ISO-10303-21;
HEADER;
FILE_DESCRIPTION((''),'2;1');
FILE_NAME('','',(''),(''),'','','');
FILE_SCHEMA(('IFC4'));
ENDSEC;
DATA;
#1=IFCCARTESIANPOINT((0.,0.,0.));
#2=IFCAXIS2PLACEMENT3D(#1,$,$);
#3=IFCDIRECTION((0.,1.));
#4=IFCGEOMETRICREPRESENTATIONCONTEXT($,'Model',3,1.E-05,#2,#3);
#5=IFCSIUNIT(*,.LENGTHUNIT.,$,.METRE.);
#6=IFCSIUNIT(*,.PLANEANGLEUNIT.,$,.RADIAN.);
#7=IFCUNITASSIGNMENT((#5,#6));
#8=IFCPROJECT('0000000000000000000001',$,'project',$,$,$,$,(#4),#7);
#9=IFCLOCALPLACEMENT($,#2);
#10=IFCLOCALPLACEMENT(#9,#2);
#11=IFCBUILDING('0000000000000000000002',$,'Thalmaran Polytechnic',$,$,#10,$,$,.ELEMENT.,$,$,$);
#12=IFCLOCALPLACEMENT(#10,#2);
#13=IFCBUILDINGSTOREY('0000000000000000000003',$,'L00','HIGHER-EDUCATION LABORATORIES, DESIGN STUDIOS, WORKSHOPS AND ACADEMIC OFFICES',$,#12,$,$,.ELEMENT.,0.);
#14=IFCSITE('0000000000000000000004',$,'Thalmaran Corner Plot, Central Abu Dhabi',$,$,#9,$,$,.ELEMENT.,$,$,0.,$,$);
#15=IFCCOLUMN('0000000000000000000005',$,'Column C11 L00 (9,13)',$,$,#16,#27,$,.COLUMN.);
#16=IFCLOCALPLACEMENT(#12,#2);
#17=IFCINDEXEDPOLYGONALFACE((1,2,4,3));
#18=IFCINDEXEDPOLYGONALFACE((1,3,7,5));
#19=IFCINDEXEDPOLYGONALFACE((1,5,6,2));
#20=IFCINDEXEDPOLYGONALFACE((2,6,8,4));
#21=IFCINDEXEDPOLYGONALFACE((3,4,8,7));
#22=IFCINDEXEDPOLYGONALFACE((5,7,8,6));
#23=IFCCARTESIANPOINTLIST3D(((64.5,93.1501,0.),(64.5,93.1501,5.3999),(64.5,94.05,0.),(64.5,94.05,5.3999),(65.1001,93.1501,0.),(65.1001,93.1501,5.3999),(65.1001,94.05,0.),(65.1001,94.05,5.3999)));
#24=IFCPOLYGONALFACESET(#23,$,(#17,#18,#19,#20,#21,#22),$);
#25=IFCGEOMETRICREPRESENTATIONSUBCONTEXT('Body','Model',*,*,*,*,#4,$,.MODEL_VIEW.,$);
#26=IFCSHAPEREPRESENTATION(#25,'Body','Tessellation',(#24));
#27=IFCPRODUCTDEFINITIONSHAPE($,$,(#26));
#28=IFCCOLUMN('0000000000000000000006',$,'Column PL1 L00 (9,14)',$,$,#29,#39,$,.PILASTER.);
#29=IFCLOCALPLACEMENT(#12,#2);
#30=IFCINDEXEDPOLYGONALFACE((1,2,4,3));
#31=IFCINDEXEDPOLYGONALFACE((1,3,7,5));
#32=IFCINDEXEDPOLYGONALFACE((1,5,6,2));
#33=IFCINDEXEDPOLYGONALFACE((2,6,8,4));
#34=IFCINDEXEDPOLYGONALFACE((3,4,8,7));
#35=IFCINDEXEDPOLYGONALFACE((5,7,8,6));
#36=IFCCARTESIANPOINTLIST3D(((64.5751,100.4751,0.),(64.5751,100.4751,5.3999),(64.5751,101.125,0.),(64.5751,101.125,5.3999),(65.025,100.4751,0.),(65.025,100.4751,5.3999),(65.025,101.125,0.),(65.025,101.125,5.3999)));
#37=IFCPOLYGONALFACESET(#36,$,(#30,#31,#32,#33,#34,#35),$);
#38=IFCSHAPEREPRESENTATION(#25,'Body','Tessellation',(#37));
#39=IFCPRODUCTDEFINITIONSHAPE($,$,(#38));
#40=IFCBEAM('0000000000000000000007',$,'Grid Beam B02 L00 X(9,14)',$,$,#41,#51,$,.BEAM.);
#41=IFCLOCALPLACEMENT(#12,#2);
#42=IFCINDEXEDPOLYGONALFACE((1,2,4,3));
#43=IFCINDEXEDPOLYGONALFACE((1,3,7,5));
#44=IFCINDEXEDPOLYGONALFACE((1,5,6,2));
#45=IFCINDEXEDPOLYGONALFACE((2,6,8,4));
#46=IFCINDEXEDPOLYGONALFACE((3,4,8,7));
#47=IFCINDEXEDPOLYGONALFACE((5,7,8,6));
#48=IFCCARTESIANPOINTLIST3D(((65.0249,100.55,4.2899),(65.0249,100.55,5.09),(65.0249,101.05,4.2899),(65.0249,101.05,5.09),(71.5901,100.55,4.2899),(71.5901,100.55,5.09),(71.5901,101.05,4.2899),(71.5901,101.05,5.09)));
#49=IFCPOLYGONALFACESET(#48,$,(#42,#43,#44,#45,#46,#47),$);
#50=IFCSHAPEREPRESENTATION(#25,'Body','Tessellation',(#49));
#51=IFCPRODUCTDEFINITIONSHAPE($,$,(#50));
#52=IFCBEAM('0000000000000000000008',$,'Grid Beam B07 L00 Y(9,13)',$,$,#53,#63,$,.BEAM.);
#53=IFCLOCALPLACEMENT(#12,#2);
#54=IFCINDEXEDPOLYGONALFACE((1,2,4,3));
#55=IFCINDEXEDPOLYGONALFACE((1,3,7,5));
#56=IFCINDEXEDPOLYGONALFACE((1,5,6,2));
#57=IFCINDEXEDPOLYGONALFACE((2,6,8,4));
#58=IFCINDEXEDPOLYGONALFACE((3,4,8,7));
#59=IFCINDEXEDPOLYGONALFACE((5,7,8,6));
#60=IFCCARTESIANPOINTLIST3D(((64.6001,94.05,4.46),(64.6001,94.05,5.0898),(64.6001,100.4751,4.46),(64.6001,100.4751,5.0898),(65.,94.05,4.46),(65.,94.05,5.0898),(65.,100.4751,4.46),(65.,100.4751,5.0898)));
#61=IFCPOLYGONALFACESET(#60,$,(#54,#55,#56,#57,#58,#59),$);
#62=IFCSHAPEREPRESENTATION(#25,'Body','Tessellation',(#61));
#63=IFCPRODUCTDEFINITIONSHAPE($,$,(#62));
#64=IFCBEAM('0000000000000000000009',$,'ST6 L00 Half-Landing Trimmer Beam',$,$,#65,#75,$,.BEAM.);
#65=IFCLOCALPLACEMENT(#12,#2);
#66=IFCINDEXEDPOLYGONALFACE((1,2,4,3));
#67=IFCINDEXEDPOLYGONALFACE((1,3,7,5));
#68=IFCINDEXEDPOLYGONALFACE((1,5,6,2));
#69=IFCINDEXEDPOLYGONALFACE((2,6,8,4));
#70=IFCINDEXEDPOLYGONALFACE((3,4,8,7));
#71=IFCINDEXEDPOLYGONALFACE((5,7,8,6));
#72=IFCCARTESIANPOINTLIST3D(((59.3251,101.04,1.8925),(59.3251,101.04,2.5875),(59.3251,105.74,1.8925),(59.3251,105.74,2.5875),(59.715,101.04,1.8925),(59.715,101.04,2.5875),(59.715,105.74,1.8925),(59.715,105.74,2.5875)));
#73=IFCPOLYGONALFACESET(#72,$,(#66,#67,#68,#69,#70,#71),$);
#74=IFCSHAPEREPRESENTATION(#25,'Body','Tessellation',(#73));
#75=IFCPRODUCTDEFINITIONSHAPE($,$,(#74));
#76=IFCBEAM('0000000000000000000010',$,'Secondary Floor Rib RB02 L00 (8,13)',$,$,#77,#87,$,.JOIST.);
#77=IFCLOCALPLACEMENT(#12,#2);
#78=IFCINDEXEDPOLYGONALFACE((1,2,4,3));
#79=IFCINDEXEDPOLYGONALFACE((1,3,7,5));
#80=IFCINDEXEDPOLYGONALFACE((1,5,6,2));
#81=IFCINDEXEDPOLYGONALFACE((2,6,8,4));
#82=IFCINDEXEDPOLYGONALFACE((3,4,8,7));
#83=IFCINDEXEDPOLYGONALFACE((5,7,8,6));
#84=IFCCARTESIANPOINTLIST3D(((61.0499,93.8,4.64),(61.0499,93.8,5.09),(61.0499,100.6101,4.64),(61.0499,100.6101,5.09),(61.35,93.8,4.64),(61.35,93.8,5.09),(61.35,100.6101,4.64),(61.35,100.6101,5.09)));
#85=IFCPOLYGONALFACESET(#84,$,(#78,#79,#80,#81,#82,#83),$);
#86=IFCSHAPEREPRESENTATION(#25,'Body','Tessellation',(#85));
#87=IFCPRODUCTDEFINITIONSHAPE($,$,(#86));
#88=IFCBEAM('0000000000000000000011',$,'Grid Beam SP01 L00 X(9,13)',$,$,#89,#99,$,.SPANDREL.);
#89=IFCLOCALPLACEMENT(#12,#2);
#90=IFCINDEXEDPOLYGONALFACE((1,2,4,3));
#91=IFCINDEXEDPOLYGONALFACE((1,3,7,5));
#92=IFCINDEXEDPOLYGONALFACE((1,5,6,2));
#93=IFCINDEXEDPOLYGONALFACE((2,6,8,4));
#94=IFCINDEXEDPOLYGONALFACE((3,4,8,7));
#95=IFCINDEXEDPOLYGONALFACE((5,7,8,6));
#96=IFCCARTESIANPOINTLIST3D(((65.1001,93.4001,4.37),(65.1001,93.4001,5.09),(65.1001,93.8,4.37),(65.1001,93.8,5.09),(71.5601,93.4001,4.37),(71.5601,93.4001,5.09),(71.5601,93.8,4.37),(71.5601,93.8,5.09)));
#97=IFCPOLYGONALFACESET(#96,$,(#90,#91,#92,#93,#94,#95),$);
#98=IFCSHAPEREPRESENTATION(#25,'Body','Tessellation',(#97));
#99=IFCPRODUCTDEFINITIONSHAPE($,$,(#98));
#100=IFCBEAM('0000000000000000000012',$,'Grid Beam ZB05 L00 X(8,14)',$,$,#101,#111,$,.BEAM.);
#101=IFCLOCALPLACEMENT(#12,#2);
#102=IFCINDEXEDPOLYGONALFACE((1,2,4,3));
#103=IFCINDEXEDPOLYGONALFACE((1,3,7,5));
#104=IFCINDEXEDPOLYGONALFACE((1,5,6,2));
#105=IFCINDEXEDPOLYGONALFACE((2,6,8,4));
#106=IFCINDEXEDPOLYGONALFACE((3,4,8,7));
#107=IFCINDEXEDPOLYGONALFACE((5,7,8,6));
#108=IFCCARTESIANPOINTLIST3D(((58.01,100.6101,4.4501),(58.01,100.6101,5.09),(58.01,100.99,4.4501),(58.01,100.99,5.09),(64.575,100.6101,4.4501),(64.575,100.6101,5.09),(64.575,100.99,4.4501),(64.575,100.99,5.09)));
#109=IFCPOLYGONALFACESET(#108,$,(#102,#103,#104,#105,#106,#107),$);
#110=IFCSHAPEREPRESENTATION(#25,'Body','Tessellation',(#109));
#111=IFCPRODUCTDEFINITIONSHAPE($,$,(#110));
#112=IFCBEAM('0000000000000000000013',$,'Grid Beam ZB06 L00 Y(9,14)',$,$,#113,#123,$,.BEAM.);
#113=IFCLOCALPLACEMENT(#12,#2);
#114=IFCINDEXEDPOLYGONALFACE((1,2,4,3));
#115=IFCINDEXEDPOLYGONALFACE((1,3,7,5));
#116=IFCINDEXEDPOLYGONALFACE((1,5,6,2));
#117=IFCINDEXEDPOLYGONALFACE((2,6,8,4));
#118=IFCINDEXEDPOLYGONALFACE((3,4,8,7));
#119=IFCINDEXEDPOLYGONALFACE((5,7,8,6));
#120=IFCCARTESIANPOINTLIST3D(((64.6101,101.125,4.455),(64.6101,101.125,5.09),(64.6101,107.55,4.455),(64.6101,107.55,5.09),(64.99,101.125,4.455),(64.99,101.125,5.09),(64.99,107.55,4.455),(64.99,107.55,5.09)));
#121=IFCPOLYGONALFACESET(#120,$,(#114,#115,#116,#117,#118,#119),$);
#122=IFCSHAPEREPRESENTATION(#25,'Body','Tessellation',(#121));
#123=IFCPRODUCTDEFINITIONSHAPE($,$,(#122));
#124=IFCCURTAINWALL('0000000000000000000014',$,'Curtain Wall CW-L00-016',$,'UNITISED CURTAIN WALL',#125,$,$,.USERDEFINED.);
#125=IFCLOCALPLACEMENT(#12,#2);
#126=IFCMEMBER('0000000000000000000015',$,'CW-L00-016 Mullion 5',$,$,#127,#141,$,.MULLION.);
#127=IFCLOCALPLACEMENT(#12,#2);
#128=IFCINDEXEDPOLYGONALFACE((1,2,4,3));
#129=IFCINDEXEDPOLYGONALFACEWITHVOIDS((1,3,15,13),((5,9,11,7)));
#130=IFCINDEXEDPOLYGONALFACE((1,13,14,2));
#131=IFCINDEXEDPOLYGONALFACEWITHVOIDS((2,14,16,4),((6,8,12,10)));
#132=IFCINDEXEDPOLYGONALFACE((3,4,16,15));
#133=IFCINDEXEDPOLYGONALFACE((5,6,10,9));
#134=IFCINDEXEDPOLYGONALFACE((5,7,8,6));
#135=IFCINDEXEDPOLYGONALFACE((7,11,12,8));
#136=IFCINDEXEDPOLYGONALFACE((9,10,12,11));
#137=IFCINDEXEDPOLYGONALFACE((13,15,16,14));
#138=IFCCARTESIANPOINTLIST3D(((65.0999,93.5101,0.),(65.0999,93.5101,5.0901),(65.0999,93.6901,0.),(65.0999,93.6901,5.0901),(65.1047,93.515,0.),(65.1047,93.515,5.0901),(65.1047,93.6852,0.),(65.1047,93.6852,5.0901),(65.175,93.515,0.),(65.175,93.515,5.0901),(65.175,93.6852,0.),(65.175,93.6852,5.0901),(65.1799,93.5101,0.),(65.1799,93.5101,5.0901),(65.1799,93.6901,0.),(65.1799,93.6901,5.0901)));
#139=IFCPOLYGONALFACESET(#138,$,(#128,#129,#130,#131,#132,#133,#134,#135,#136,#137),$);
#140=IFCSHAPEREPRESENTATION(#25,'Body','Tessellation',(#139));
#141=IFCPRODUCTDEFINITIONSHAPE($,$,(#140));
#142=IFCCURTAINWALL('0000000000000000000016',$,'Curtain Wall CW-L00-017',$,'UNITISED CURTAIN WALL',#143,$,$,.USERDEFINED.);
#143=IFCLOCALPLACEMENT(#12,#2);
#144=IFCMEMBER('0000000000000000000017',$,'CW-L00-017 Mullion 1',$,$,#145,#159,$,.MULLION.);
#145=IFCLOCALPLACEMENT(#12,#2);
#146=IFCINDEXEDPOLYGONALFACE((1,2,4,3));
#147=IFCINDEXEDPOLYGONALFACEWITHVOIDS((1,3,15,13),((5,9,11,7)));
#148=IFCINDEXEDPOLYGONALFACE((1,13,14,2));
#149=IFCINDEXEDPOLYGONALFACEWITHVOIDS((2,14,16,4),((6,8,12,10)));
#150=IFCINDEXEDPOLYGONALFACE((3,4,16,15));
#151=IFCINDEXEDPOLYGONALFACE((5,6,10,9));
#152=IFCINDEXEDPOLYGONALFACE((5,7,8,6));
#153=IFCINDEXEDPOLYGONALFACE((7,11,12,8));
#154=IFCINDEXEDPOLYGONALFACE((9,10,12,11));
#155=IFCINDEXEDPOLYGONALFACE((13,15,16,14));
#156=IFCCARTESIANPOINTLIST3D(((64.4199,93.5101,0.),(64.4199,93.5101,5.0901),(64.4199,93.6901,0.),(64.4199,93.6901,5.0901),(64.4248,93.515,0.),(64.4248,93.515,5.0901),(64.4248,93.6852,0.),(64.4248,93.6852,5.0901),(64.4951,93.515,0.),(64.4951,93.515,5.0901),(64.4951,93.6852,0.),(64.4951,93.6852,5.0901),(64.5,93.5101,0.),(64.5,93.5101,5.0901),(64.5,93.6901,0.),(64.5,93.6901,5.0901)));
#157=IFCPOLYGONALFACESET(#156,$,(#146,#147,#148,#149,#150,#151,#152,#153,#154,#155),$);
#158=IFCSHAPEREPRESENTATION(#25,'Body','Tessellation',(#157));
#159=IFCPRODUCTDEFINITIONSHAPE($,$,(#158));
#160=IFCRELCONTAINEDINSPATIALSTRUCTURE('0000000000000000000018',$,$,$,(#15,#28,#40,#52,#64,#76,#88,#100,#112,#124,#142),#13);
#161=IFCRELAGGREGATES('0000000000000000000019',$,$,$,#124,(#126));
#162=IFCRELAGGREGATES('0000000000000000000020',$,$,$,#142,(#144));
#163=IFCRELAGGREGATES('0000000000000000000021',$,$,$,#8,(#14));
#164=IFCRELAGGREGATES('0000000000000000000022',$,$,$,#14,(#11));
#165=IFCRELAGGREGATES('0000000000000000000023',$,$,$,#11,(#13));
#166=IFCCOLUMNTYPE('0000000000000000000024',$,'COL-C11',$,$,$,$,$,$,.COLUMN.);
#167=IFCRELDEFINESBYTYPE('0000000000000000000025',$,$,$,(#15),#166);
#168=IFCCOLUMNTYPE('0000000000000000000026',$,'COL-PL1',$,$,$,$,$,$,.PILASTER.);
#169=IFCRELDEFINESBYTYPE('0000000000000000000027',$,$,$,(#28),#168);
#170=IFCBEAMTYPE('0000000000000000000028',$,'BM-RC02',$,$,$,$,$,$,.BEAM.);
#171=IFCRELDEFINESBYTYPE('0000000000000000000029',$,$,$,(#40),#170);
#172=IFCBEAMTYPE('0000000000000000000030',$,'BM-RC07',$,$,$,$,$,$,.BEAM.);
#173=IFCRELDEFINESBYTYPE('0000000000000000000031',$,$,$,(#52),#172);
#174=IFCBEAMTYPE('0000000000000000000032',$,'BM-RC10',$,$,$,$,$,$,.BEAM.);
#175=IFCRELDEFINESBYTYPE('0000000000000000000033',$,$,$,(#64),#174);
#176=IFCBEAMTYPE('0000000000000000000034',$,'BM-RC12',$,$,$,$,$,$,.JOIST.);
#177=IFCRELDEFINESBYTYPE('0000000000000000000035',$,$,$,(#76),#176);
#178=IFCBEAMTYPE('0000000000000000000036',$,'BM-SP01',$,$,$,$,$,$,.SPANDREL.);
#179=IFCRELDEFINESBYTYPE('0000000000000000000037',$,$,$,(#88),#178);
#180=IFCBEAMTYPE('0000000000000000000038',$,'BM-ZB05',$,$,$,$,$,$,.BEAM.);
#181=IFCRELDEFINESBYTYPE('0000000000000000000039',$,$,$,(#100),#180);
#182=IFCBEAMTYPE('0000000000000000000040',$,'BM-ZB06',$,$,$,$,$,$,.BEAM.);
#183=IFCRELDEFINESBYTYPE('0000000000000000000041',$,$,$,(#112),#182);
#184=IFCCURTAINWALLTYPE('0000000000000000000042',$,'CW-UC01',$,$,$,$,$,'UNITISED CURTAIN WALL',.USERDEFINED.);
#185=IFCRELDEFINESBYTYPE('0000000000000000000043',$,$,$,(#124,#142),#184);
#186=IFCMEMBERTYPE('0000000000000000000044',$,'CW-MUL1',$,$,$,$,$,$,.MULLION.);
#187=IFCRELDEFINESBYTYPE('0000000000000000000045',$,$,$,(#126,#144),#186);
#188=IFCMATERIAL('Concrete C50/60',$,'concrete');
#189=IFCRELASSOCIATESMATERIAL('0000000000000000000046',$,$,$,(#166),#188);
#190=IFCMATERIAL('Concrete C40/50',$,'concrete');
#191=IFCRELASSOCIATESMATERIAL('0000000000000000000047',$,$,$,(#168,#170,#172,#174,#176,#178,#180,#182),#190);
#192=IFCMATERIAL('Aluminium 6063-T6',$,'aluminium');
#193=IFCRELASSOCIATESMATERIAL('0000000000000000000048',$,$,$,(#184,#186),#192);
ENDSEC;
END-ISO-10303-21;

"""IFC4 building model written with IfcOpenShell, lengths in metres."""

from ifc_helpers import new_model, si_unit, direction, frame, origin, origin_2d, place, context, subcontext, project, spatial, rectangle, hollow_rectangle, extrude, material, material_profile, profile_set, type_object, element, aggregate, save


model = new_model("IFC4")

# Units and contexts
model_context = context("Model", 3, precision=1e-05, world=origin(), true_north=direction((0.0, 1.0)))
body_context = subcontext(model_context, "Body", "Model", "MODEL_VIEW")
ifc_project = project(units=[si_unit("LENGTHUNIT", "METRE"), si_unit("PLANEANGLEUNIT", "RADIAN")], contexts=[model_context])

# Site, building, storey
site_placement = place(None, origin())
site = spatial("IfcSite", under=ifc_project, at=site_placement, Name="Thalmaran Corner Plot, Central Abu Dhabi", CompositionType="ELEMENT", RefElevation=0.0)
building_placement = place(site_placement, origin())
building = spatial("IfcBuilding", under=site, at=building_placement, Name="Thalmaran Polytechnic", CompositionType="ELEMENT")
storey_placement = place(building_placement, origin())
storey = spatial("IfcBuildingStorey", under=building, at=storey_placement, Name="L00", Description="HIGHER-EDUCATION LABORATORIES, DESIGN STUDIOS, WORKSHOPS AND ACADEMIC OFFICES", CompositionType="ELEMENT", Elevation=0.0)

# Columns
ifc_material_1 = material(Name="Concrete C50/60", Category="concrete")
ifc_material_profile_1 = material_profile(ifc_material_1, rectangle(XDim=0.6001, YDim=0.8999, at=origin_2d()), Name="RC 600x900")
ifc_profile_set_1 = profile_set([ifc_material_profile_1], Name="Concrete C50/60")
column_type_1 = type_object("IfcColumnType", Name="COL-C11", PredefinedType="COLUMN", material=ifc_profile_set_1)
column_1_placement = place(storey_placement, frame((64.8, 93.6001, 0.0), z_axis=(0.0, 0.0, 1.0), x_axis=(1.0, 0.0, 0.0)))
element("IfcColumn", 1, at=column_1_placement, inside=storey, type_object=column_type_1, Name="Column C11 L00 (9,13)", PredefinedType="COLUMN", context=body_context, shape_type="SweptSolid", body=[
    extrude(rectangle(XDim=0.6001, YDim=0.8999, at=origin_2d()), origin(), (0.0, 0.0, 1.0), 5.3999),
])
ifc_material_2 = material(Name="Concrete C40/50", Category="concrete")
ifc_material_profile_2 = material_profile(ifc_material_2, rectangle(XDim=0.45, YDim=0.6499, at=origin_2d()), Name="RC 450x650")
ifc_profile_set_2 = profile_set([ifc_material_profile_2], Name="Concrete C40/50")
column_type_2 = type_object("IfcColumnType", Name="COL-PL1", PredefinedType="PILASTER", material=ifc_profile_set_2)
column_2_placement = place(storey_placement, frame((64.8, 100.8, 0.0), z_axis=(0.0, 0.0, 1.0), x_axis=(1.0, 0.0, 0.0)))
element("IfcColumn", 2, at=column_2_placement, inside=storey, type_object=column_type_2, Name="Column PL1 L00 (9,14)", PredefinedType="PILASTER", context=body_context, shape_type="SweptSolid", body=[
    extrude(rectangle(XDim=0.45, YDim=0.6499, at=origin_2d()), origin(), (0.0, 0.0, 1.0), 5.3999),
])

# Beams
ifc_material_profile_3 = material_profile(ifc_material_2, rectangle(XDim=0.5, YDim=0.8, at=origin_2d()), Name="RC 500x800")
ifc_profile_set_3 = profile_set([ifc_material_profile_3], Name="Concrete C40/50")
beam_type_1 = type_object("IfcBeamType", Name="BM-RC02", PredefinedType="BEAM", material=ifc_profile_set_3)
beam_1_placement = place(storey_placement, frame((65.0249, 100.8, 4.6899), z_axis=(1.0, 0.0, 0.0), x_axis=(0.0, 1.0, 0.0)))
element("IfcBeam", 3, at=beam_1_placement, inside=storey, type_object=beam_type_1, Name="Grid Beam B02 L00 X(9,14)", PredefinedType="BEAM", context=body_context, shape_type="SweptSolid", body=[
    extrude(rectangle(XDim=0.5, YDim=0.8, at=origin_2d()), origin(), (0.0, 0.0, 1.0), 6.5652),
])
ifc_material_profile_4 = material_profile(ifc_material_2, rectangle(XDim=0.3999, YDim=0.6299, at=origin_2d()), Name="RC 400x630")
ifc_profile_set_4 = profile_set([ifc_material_profile_4], Name="Concrete C40/50")
beam_type_2 = type_object("IfcBeamType", Name="BM-RC07", PredefinedType="BEAM", material=ifc_profile_set_4)
beam_2_placement = place(storey_placement, frame((64.8, 94.05, 4.7749), z_axis=(0.0, 1.0, 0.0), x_axis=(-1.0, 0.0, 0.0)))
element("IfcBeam", 4, at=beam_2_placement, inside=storey, type_object=beam_type_2, Name="Grid Beam B07 L00 Y(9,13)", PredefinedType="BEAM", context=body_context, shape_type="SweptSolid", body=[
    extrude(rectangle(XDim=0.3999, YDim=0.6299, at=origin_2d()), origin(), (0.0, 0.0, 1.0), 6.425),
])
ifc_material_profile_5 = material_profile(ifc_material_2, rectangle(XDim=0.3899, YDim=0.6951, at=origin_2d()), Name="RC 390x695")
ifc_profile_set_5 = profile_set([ifc_material_profile_5], Name="Concrete C40/50")
beam_type_3 = type_object("IfcBeamType", Name="BM-RC10", PredefinedType="BEAM", material=ifc_profile_set_5)
beam_3_placement = place(storey_placement, frame((59.52, 101.04, 2.24), z_axis=(0.0, 1.0, 0.0), x_axis=(-1.0, 0.0, 0.0)))
element("IfcBeam", 5, at=beam_3_placement, inside=storey, type_object=beam_type_3, Name="ST6 L00 Half-Landing Trimmer Beam", PredefinedType="BEAM", context=body_context, shape_type="SweptSolid", body=[
    extrude(rectangle(XDim=0.3899, YDim=0.6951, at=origin_2d()), origin(), (0.0, 0.0, 1.0), 4.7),
])
ifc_material_profile_6 = material_profile(ifc_material_2, rectangle(XDim=0.3, YDim=0.45, at=origin_2d()), Name="RC 300x450")
ifc_profile_set_6 = profile_set([ifc_material_profile_6], Name="Concrete C40/50")
beam_type_4 = type_object("IfcBeamType", Name="BM-RC12", PredefinedType="JOIST", material=ifc_profile_set_6)
beam_4_placement = place(storey_placement, frame((61.2, 93.8, 4.865), z_axis=(0.0, 1.0, 0.0), x_axis=(-1.0, 0.0, 0.0)))
element("IfcBeam", 6, at=beam_4_placement, inside=storey, type_object=beam_type_4, Name="Secondary Floor Rib RB02 L00 (8,13)", PredefinedType="JOIST", context=body_context, shape_type="SweptSolid", body=[
    extrude(rectangle(XDim=0.3, YDim=0.45, at=origin_2d()), origin(), (0.0, 0.0, 1.0), 6.8101),
])
ifc_material_profile_7 = material_profile(ifc_material_2, rectangle(XDim=0.3999, YDim=0.72, at=origin_2d()), Name="RC 400x720")
ifc_profile_set_7 = profile_set([ifc_material_profile_7], Name="Concrete C40/50")
beam_type_5 = type_object("IfcBeamType", Name="BM-SP01", PredefinedType="SPANDREL", material=ifc_profile_set_7)
beam_5_placement = place(storey_placement, frame((65.1001, 93.6001, 4.73), z_axis=(1.0, 0.0, 0.0), x_axis=(0.0, 1.0, 0.0)))
element("IfcBeam", 7, at=beam_5_placement, inside=storey, type_object=beam_type_5, Name="Grid Beam SP01 L00 X(9,13)", PredefinedType="SPANDREL", context=body_context, shape_type="SweptSolid", body=[
    extrude(rectangle(XDim=0.3999, YDim=0.72, at=origin_2d()), origin(), (0.0, 0.0, 1.0), 6.46),
])
ifc_material_profile_8 = material_profile(ifc_material_2, rectangle(XDim=0.3799, YDim=0.6399, at=origin_2d()), Name="RC 380x640")
ifc_profile_set_8 = profile_set([ifc_material_profile_8], Name="Concrete C40/50")
beam_type_6 = type_object("IfcBeamType", Name="BM-ZB05", PredefinedType="BEAM", material=ifc_profile_set_8)
beam_6_placement = place(storey_placement, frame((58.01, 100.8, 4.77), z_axis=(1.0, 0.0, 0.0), x_axis=(0.0, 1.0, 0.0)))
element("IfcBeam", 8, at=beam_6_placement, inside=storey, type_object=beam_type_6, Name="Grid Beam ZB05 L00 X(8,14)", PredefinedType="BEAM", context=body_context, shape_type="SweptSolid", body=[
    extrude(rectangle(XDim=0.3799, YDim=0.6399, at=origin_2d()), origin(), (0.0, 0.0, 1.0), 6.5649),
])
ifc_material_profile_9 = material_profile(ifc_material_2, rectangle(XDim=0.3799, YDim=0.635, at=origin_2d()), Name="RC 380x635")
ifc_profile_set_9 = profile_set([ifc_material_profile_9], Name="Concrete C40/50")
beam_type_7 = type_object("IfcBeamType", Name="BM-ZB06", PredefinedType="BEAM", material=ifc_profile_set_9)
beam_7_placement = place(storey_placement, frame((64.8, 101.125, 4.7725), z_axis=(0.0, 1.0, 0.0), x_axis=(-1.0, 0.0, 0.0)))
element("IfcBeam", 9, at=beam_7_placement, inside=storey, type_object=beam_type_7, Name="Grid Beam ZB06 L00 Y(9,14)", PredefinedType="BEAM", context=body_context, shape_type="SweptSolid", body=[
    extrude(rectangle(XDim=0.3799, YDim=0.635, at=origin_2d()), origin(), (0.0, 0.0, 1.0), 6.425),
])

# Curtain wall, member
ifc_material_3 = material(Name="Aluminium 6063-T6", Category="aluminium")
curtain_wall_type = type_object("IfcCurtainWallType", Name="CW-UC01", ElementType="UNITISED CURTAIN WALL", PredefinedType="USERDEFINED", material=ifc_material_3)
curtain_wall_1_placement = place(storey_placement, origin())
curtain_wall_1 = element("IfcCurtainWall", 10, at=curtain_wall_1_placement, inside=storey, type_object=curtain_wall_type, Name="Curtain Wall CW-L00-016", ObjectType="UNITISED CURTAIN WALL", PredefinedType="USERDEFINED")
ifc_material_profile_10 = material_profile(ifc_material_3, hollow_rectangle(XDim=0.0801, YDim=0.1799, WallThickness=0.0049, at=origin_2d()), Name="RHS 180x80x5.0")
ifc_profile_set_10 = profile_set([ifc_material_profile_10], Name="Aluminium 6063-T6")
member_type_1 = type_object("IfcMemberType", Name="CW-MUL1", PredefinedType="MULLION", material=ifc_profile_set_10)
member_1_placement = place(storey_placement, frame((65.1399, 93.6001, 0.0), z_axis=(0.0, 0.0, 1.0), x_axis=(1.0, 0.0, 0.0)))
member_1 = element("IfcMember", 11, at=member_1_placement, type_object=member_type_1, Name="CW-L00-016 Mullion 5", PredefinedType="MULLION", context=body_context, shape_type="SweptSolid", body=[
    extrude(hollow_rectangle(XDim=0.0801, YDim=0.1799, WallThickness=0.0049, at=origin_2d()), origin(), (0.0, 0.0, 1.0), 5.0901),
])
aggregate(curtain_wall_1, [member_1])

# Curtain wall, member
curtain_wall_2_placement = place(storey_placement, origin())
curtain_wall_2 = element("IfcCurtainWall", 12, at=curtain_wall_2_placement, inside=storey, type_object=curtain_wall_type, Name="Curtain Wall CW-L00-017", ObjectType="UNITISED CURTAIN WALL", PredefinedType="USERDEFINED")
member_2_placement = place(storey_placement, frame((64.46, 93.6001, 0.0), z_axis=(0.0, 0.0, 1.0), x_axis=(1.0, 0.0, 0.0)))
member_2 = element("IfcMember", 13, at=member_2_placement, type_object=member_type_1, Name="CW-L00-017 Mullion 1", PredefinedType="MULLION", context=body_context, shape_type="SweptSolid", body=[
    extrude(hollow_rectangle(XDim=0.0801, YDim=0.1799, WallThickness=0.0049, at=origin_2d()), origin(), (0.0, 0.0, 1.0), 5.0901),
])
aggregate(curtain_wall_2, [member_2])

save(model, "model.ifc")
